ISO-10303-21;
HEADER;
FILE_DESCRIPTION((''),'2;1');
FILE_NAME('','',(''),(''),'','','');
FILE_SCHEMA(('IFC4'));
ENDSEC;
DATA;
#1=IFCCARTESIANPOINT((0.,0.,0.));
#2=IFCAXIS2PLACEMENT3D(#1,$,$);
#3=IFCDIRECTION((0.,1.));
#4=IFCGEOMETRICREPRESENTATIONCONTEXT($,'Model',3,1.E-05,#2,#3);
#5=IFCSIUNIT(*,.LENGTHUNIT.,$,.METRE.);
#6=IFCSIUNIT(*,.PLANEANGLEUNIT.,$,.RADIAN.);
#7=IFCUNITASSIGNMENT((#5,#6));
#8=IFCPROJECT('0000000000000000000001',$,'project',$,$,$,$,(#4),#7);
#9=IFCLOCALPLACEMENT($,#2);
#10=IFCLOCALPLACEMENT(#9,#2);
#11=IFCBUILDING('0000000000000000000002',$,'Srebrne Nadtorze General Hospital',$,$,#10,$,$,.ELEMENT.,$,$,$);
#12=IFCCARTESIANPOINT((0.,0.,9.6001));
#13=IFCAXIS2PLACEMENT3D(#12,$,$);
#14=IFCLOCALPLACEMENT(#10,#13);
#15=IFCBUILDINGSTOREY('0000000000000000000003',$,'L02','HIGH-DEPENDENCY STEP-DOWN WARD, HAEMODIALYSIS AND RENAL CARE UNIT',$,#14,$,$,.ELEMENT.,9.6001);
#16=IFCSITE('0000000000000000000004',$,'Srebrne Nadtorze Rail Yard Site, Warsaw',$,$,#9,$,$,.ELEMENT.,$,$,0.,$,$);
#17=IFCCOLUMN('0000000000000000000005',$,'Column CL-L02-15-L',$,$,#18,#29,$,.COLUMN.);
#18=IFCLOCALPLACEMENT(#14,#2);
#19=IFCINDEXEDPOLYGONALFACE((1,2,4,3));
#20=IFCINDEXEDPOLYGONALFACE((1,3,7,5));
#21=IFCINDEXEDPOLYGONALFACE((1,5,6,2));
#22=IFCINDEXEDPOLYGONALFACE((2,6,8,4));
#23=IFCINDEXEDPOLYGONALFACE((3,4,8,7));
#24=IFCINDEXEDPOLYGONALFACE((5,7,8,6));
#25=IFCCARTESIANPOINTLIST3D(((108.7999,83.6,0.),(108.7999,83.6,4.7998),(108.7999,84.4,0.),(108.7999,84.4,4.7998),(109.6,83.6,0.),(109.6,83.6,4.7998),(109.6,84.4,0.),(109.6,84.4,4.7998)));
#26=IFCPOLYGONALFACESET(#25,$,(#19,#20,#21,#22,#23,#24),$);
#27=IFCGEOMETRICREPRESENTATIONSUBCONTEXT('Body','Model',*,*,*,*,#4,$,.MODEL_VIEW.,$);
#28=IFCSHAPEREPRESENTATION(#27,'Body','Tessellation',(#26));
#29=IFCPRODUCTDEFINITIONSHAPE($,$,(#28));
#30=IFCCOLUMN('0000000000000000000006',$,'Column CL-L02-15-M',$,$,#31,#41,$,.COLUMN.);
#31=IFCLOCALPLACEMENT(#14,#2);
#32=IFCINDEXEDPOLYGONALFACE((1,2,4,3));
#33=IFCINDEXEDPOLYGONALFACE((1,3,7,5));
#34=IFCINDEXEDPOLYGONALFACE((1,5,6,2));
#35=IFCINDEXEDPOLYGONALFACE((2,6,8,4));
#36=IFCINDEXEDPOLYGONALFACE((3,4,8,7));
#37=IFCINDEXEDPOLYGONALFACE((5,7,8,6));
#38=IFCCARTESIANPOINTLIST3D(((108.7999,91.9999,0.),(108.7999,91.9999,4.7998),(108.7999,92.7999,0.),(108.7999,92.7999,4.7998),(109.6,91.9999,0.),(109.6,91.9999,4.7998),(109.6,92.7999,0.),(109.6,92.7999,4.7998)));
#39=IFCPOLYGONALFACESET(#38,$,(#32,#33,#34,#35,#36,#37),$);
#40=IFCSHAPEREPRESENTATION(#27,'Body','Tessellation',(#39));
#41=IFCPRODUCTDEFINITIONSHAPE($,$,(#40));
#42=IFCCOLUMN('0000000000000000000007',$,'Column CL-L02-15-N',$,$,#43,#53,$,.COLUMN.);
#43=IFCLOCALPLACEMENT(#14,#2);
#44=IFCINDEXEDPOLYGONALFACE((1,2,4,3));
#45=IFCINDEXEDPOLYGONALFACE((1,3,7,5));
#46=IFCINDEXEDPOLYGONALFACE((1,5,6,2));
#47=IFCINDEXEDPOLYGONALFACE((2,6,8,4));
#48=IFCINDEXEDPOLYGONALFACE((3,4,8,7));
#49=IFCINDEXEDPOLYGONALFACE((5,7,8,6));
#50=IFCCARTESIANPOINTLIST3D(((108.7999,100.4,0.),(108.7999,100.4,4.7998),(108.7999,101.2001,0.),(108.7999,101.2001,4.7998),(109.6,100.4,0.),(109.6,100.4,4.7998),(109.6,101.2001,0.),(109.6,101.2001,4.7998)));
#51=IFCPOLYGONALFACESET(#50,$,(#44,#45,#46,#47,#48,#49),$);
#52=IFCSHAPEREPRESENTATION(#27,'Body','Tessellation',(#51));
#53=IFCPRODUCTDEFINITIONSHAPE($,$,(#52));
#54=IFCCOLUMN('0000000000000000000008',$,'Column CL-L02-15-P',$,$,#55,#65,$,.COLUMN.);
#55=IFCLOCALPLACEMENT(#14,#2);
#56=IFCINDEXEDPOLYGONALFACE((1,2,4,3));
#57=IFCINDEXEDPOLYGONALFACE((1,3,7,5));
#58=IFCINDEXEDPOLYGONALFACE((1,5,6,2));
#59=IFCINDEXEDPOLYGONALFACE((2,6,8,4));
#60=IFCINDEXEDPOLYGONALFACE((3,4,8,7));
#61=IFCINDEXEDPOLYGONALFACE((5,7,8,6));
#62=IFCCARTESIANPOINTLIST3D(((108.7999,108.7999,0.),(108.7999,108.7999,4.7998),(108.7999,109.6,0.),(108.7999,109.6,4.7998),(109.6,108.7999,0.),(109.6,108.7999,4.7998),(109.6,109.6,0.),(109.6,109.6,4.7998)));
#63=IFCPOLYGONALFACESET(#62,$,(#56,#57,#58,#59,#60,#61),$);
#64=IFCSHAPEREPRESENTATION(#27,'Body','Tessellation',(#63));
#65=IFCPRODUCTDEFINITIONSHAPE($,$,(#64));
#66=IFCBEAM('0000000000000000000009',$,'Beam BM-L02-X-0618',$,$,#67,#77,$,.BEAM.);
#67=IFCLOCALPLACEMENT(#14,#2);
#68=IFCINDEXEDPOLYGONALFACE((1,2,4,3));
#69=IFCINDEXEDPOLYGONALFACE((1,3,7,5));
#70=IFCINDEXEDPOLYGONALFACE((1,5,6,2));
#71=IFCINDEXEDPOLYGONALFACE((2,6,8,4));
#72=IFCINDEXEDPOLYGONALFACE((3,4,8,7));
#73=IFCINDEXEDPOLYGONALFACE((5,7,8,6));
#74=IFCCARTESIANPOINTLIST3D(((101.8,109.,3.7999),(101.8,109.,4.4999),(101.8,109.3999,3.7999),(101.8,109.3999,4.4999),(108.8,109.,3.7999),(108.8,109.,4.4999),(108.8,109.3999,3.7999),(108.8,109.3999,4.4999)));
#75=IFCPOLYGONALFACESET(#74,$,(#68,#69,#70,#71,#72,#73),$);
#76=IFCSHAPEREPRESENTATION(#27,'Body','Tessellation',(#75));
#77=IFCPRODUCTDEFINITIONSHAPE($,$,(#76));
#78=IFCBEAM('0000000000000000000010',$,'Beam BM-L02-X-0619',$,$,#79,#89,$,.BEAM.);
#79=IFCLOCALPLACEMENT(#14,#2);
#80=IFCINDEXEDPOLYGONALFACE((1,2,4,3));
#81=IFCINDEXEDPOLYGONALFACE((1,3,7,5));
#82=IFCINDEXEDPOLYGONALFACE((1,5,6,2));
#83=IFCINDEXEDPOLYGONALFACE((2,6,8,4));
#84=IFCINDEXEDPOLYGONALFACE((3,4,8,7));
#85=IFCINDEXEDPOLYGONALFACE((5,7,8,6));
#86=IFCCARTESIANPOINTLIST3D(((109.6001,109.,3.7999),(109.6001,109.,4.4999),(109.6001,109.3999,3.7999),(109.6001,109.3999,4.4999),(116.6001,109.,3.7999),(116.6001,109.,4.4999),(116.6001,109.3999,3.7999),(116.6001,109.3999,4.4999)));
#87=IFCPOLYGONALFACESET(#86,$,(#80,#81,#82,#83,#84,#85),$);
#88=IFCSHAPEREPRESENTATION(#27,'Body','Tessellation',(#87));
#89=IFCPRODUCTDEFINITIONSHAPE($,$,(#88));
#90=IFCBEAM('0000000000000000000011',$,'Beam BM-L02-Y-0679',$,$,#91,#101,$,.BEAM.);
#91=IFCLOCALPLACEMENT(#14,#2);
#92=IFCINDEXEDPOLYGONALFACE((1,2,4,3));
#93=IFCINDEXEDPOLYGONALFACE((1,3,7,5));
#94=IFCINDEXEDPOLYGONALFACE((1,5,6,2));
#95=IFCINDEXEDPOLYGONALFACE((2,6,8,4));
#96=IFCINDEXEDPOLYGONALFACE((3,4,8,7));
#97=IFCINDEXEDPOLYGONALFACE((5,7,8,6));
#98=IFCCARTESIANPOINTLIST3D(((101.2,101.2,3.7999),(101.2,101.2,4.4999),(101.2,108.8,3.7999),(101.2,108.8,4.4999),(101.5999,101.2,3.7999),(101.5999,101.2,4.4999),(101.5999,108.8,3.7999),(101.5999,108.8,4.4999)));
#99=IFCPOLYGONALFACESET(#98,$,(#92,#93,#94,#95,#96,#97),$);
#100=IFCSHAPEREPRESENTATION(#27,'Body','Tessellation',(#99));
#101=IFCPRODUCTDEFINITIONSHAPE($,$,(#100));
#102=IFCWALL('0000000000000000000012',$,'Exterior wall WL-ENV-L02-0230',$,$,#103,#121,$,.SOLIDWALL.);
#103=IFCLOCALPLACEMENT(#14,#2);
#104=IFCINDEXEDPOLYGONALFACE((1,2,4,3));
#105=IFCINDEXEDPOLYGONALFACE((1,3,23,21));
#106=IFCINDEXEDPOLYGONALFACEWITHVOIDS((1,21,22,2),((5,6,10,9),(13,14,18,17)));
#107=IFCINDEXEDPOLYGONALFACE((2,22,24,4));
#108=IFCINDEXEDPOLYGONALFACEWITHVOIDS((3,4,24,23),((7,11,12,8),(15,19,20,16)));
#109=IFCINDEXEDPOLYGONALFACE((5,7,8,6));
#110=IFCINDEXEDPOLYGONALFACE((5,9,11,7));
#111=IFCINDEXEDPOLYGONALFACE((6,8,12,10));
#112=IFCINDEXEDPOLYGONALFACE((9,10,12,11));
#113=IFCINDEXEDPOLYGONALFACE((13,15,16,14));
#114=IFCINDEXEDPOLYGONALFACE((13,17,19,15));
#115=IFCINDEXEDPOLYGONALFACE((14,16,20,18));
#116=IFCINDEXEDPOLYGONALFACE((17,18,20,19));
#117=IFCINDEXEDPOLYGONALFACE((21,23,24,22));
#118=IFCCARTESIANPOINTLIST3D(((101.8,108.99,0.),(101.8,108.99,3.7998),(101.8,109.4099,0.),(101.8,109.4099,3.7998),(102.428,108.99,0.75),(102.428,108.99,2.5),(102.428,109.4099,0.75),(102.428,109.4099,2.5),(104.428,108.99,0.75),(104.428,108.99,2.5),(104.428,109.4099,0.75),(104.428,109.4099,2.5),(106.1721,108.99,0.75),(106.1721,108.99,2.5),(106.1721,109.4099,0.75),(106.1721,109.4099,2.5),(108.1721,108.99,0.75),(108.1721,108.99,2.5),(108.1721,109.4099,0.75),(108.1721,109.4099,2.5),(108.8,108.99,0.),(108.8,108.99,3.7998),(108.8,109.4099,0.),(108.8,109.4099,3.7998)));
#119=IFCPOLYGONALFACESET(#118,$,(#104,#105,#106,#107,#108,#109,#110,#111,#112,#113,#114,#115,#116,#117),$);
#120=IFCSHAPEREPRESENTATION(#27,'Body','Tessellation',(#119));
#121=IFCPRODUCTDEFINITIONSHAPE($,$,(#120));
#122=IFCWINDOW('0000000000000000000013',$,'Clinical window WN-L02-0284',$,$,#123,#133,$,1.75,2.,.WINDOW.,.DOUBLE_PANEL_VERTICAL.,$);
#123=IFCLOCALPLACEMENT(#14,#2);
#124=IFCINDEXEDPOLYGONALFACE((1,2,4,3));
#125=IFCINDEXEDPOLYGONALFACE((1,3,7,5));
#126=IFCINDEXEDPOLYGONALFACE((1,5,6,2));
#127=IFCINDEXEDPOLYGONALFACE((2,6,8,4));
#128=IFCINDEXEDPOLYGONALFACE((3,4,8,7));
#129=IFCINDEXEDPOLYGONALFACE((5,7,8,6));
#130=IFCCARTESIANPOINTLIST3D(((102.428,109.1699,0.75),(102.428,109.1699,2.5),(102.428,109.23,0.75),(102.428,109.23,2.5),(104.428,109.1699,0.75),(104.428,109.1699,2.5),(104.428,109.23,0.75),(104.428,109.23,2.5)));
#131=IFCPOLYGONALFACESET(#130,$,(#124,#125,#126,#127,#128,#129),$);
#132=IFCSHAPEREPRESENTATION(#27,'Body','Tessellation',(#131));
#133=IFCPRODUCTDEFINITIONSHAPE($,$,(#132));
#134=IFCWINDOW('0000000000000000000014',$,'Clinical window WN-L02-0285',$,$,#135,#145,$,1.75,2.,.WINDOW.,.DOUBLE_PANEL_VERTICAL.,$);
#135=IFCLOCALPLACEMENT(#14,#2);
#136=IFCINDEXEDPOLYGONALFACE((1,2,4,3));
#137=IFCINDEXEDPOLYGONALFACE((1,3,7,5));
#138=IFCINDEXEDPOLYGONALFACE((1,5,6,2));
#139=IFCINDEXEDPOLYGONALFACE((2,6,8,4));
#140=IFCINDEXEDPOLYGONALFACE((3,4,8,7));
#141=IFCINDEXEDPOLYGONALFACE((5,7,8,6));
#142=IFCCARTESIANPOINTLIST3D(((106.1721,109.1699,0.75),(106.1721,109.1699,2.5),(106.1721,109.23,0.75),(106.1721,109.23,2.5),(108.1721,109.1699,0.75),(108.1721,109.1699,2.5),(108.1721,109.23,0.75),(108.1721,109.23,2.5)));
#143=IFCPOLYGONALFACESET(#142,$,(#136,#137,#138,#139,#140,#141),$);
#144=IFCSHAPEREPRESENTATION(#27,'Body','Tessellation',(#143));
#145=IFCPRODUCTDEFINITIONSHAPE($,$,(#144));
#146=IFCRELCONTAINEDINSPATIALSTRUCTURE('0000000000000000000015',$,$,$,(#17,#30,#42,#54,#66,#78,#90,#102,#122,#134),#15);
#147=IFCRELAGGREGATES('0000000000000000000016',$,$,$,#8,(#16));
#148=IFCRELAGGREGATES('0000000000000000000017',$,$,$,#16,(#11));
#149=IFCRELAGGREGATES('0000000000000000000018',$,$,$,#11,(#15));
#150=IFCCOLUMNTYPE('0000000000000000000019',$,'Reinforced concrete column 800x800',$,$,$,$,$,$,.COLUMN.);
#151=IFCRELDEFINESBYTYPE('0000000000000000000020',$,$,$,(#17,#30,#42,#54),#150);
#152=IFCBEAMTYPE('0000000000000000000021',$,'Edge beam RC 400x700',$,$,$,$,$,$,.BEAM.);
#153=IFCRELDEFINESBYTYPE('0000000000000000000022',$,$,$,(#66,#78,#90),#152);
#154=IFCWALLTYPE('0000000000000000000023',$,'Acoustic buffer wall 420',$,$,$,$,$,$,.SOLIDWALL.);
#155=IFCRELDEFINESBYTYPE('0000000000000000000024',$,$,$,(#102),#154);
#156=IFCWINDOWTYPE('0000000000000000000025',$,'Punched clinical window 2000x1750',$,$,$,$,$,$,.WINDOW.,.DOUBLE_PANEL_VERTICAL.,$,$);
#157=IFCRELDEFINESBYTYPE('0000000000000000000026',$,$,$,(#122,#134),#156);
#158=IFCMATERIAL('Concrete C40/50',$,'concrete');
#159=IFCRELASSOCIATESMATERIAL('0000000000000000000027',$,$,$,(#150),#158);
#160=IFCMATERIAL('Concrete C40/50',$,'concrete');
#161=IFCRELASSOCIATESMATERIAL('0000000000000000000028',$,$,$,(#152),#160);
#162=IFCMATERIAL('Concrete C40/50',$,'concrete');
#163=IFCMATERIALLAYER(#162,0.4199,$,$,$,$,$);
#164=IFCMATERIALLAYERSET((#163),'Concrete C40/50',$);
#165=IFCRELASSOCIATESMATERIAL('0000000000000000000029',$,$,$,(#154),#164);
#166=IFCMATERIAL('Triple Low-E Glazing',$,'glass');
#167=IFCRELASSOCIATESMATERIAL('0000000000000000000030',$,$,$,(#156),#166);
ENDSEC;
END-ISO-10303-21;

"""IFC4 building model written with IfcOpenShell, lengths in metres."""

from ifc_helpers import new_model, si_unit, direction, frame, frame_2d, origin, origin_2d, place, context, subcontext, project, spatial, rectangle, extrude, material, layer, layer_set, material_profile, profile_set, type_object, element, fill, save


model = new_model("IFC4")

# Units and contexts
model_context = context("Model", 3, precision=1e-05, world=origin(), true_north=direction((0.0, 1.0)))
body_context = subcontext(model_context, "Body", "Model", "MODEL_VIEW")
ifc_project = project(units=[si_unit("LENGTHUNIT", "METRE"), si_unit("PLANEANGLEUNIT", "RADIAN")], contexts=[model_context])

# Site, building, storey
site_placement = place(None, origin())
site = spatial("IfcSite", under=ifc_project, at=site_placement, Name="Srebrne Nadtorze Rail Yard Site, Warsaw", CompositionType="ELEMENT", RefElevation=0.0)
building_placement = place(site_placement, origin())
building = spatial("IfcBuilding", under=site, at=building_placement, Name="Srebrne Nadtorze General Hospital", CompositionType="ELEMENT")
storey_placement = place(building_placement, frame((0.0, 0.0, 9.6001)))
storey = spatial("IfcBuildingStorey", under=building, at=storey_placement, Name="L02", Description="HIGH-DEPENDENCY STEP-DOWN WARD, HAEMODIALYSIS AND RENAL CARE UNIT", CompositionType="ELEMENT", Elevation=9.6001)

# Columns
ifc_material_1 = material(Name="Concrete C40/50", Category="concrete")
ifc_material_profile_1 = material_profile(ifc_material_1, rectangle(XDim=0.8, YDim=0.8, at=origin_2d()), Name="RC-COL-800x800")
ifc_profile_set_1 = profile_set([ifc_material_profile_1], Name="Concrete C40/50")
column_type = type_object("IfcColumnType", Name="Reinforced concrete column 800x800", PredefinedType="COLUMN", material=ifc_profile_set_1)
for number, where, z_axis, x_axis, name in (
    (1, (109.2, 84.0, 0.0), (0.0, 0.0, 1.0), (1.0, 0.0, 0.0), "Column CL-L02-15-L"),
    (2, (109.2, 92.3999, 0.0), (0.0, 0.0, 1.0), (1.0, 0.0, 0.0), "Column CL-L02-15-M"),
    (3, (109.2, 100.8, 0.0), (0.0, 0.0, 1.0), (1.0, 0.0, 0.0), "Column CL-L02-15-N"),
    (4, (109.2, 109.2, 0.0), (0.0, 0.0, 1.0), (1.0, 0.0, 0.0), "Column CL-L02-15-P"),
):
    element("IfcColumn", number, at=place(storey_placement, frame(where, z_axis=z_axis, x_axis=x_axis)), inside=storey, type_object=column_type, Name=name, PredefinedType="COLUMN", context=body_context, shape_type="SweptSolid", body=[
        extrude(rectangle(XDim=0.8, YDim=0.8, at=origin_2d()), origin(), (0.0, 0.0, 1.0), 4.7998),
    ])

# Beams
ifc_material_2 = material(Name="Concrete C40/50", Category="concrete")
ifc_material_profile_2 = material_profile(ifc_material_2, rectangle(XDim=0.3999, YDim=0.7, at=origin_2d()), Name="RC-BM-400x700")
ifc_profile_set_2 = profile_set([ifc_material_profile_2], Name="Concrete C40/50")
beam_type = type_object("IfcBeamType", Name="Edge beam RC 400x700", PredefinedType="BEAM", material=ifc_profile_set_2)
for number, where, z_axis, x_axis, name in (
    (5, (101.8, 109.2, 4.1499), (1.0, 0.0, 0.0), (0.0, 1.0, 0.0), "Beam BM-L02-X-0618"),
    (6, (109.6001, 109.2, 4.1499), (1.0, 0.0, 0.0), (0.0, 1.0, 0.0), "Beam BM-L02-X-0619"),
):
    element("IfcBeam", number, at=place(storey_placement, frame(where, z_axis=z_axis, x_axis=x_axis)), inside=storey, type_object=beam_type, Name=name, PredefinedType="BEAM", context=body_context, shape_type="SweptSolid", body=[
        extrude(rectangle(XDim=0.3999, YDim=0.7, at=origin_2d()), origin(), (0.0, 0.0, 1.0), 7.0),
    ])
beam_placement = place(storey_placement, frame((101.3999, 101.2, 4.1499), z_axis=(0.0, 1.0, 0.0), x_axis=(-1.0, 0.0, 0.0)))
element("IfcBeam", 7, at=beam_placement, inside=storey, type_object=beam_type, Name="Beam BM-L02-Y-0679", PredefinedType="BEAM", context=body_context, shape_type="SweptSolid", body=[
    extrude(rectangle(XDim=0.3999, YDim=0.7, at=origin_2d()), origin(), (0.0, 0.0, 1.0), 7.6001),
])

# Wall, openings, windows
ifc_material_3 = material(Name="Concrete C40/50", Category="concrete")
ifc_layer_1 = layer(ifc_material_3, 0.4199)
ifc_layer_set_1 = layer_set([ifc_layer_1], Name="Concrete C40/50")
wall_type_1 = type_object("IfcWallType", Name="Acoustic buffer wall 420", PredefinedType="SOLIDWALL", material=ifc_layer_set_1)
wall_1_placement = place(storey_placement, frame((101.8, 109.2, 0.0), z_axis=(0.0, 0.0, 1.0), x_axis=(1.0, 0.0, 0.0)))
wall_1 = element("IfcWall", 8, at=wall_1_placement, inside=storey, type_object=wall_type_1, Name="Exterior wall WL-ENV-L02-0230", PredefinedType="SOLIDWALL", context=body_context, shape_type="SweptSolid", body=[
    extrude(rectangle(XDim=7.0, YDim=0.4199, at=frame_2d((3.5, 0.0))), origin(), (0.0, 0.0, 1.0), 3.7998),
])
opening_1_placement = place(wall_1_placement, frame((0.6279, 0.0, 0.75)))
opening_1 = element("IfcOpeningElement", 9, at=opening_1_placement, cuts=wall_1, PredefinedType="OPENING", context=body_context, shape_type="SweptSolid", body=[
    extrude(rectangle(XDim=2.0, YDim=1.75, at=frame_2d((1.0, 0.875))), frame((0.0, 0.2219, 0.0), z_axis=(0.0, -1.0, 0.0), x_axis=(1.0, 0.0, 0.0)), (0.0, 0.0, 1.0), 0.4438),
])
opening_2_placement = place(wall_1_placement, frame((4.3721, 0.0, 0.75)))
opening_2 = element("IfcOpeningElement", 10, at=opening_2_placement, cuts=wall_1, PredefinedType="OPENING", context=body_context, shape_type="SweptSolid", body=[
    extrude(rectangle(XDim=2.0, YDim=1.75, at=frame_2d((1.0, 0.875))), frame((0.0, 0.2219, 0.0), z_axis=(0.0, -1.0, 0.0), x_axis=(1.0, 0.0, 0.0)), (0.0, 0.0, 1.0), 0.4438),
])
ifc_material_4 = material(Name="Triple Low-E Glazing", Category="glass")
window_type_1 = type_object("IfcWindowType", Name="Punched clinical window 2000x1750", PartitioningType="DOUBLE_PANEL_VERTICAL", PredefinedType="WINDOW", material=ifc_material_4)
window_1_placement = place(opening_1_placement, origin())
window_1 = element("IfcWindow", 11, at=window_1_placement, inside=storey, type_object=window_type_1, Name="Clinical window WN-L02-0284", OverallHeight=1.75, OverallWidth=2.0, PartitioningType="DOUBLE_PANEL_VERTICAL", PredefinedType="WINDOW", context=body_context, shape_type="SweptSolid", body=[
    extrude(rectangle(XDim=2.0, YDim=1.75, at=frame_2d((1.0, 0.875))), frame((0.0, 0.03, 0.0), z_axis=(0.0, -1.0, 0.0), x_axis=(1.0, 0.0, 0.0)), (0.0, 0.0, 1.0), 0.0601),
])
fill(opening_1, window_1)
window_2_placement = place(opening_2_placement, origin())
window_2 = element("IfcWindow", 12, at=window_2_placement, inside=storey, type_object=window_type_1, Name="Clinical window WN-L02-0285", OverallHeight=1.75, OverallWidth=2.0, PartitioningType="DOUBLE_PANEL_VERTICAL", PredefinedType="WINDOW", context=body_context, shape_type="SweptSolid", body=[
    extrude(rectangle(XDim=2.0, YDim=1.75, at=frame_2d((1.0, 0.875))), frame((0.0, 0.03, 0.0), z_axis=(0.0, -1.0, 0.0), x_axis=(1.0, 0.0, 0.0)), (0.0, 0.0, 1.0), 0.0601),
])
fill(opening_2, window_2)

save(model, "model.ifc")
